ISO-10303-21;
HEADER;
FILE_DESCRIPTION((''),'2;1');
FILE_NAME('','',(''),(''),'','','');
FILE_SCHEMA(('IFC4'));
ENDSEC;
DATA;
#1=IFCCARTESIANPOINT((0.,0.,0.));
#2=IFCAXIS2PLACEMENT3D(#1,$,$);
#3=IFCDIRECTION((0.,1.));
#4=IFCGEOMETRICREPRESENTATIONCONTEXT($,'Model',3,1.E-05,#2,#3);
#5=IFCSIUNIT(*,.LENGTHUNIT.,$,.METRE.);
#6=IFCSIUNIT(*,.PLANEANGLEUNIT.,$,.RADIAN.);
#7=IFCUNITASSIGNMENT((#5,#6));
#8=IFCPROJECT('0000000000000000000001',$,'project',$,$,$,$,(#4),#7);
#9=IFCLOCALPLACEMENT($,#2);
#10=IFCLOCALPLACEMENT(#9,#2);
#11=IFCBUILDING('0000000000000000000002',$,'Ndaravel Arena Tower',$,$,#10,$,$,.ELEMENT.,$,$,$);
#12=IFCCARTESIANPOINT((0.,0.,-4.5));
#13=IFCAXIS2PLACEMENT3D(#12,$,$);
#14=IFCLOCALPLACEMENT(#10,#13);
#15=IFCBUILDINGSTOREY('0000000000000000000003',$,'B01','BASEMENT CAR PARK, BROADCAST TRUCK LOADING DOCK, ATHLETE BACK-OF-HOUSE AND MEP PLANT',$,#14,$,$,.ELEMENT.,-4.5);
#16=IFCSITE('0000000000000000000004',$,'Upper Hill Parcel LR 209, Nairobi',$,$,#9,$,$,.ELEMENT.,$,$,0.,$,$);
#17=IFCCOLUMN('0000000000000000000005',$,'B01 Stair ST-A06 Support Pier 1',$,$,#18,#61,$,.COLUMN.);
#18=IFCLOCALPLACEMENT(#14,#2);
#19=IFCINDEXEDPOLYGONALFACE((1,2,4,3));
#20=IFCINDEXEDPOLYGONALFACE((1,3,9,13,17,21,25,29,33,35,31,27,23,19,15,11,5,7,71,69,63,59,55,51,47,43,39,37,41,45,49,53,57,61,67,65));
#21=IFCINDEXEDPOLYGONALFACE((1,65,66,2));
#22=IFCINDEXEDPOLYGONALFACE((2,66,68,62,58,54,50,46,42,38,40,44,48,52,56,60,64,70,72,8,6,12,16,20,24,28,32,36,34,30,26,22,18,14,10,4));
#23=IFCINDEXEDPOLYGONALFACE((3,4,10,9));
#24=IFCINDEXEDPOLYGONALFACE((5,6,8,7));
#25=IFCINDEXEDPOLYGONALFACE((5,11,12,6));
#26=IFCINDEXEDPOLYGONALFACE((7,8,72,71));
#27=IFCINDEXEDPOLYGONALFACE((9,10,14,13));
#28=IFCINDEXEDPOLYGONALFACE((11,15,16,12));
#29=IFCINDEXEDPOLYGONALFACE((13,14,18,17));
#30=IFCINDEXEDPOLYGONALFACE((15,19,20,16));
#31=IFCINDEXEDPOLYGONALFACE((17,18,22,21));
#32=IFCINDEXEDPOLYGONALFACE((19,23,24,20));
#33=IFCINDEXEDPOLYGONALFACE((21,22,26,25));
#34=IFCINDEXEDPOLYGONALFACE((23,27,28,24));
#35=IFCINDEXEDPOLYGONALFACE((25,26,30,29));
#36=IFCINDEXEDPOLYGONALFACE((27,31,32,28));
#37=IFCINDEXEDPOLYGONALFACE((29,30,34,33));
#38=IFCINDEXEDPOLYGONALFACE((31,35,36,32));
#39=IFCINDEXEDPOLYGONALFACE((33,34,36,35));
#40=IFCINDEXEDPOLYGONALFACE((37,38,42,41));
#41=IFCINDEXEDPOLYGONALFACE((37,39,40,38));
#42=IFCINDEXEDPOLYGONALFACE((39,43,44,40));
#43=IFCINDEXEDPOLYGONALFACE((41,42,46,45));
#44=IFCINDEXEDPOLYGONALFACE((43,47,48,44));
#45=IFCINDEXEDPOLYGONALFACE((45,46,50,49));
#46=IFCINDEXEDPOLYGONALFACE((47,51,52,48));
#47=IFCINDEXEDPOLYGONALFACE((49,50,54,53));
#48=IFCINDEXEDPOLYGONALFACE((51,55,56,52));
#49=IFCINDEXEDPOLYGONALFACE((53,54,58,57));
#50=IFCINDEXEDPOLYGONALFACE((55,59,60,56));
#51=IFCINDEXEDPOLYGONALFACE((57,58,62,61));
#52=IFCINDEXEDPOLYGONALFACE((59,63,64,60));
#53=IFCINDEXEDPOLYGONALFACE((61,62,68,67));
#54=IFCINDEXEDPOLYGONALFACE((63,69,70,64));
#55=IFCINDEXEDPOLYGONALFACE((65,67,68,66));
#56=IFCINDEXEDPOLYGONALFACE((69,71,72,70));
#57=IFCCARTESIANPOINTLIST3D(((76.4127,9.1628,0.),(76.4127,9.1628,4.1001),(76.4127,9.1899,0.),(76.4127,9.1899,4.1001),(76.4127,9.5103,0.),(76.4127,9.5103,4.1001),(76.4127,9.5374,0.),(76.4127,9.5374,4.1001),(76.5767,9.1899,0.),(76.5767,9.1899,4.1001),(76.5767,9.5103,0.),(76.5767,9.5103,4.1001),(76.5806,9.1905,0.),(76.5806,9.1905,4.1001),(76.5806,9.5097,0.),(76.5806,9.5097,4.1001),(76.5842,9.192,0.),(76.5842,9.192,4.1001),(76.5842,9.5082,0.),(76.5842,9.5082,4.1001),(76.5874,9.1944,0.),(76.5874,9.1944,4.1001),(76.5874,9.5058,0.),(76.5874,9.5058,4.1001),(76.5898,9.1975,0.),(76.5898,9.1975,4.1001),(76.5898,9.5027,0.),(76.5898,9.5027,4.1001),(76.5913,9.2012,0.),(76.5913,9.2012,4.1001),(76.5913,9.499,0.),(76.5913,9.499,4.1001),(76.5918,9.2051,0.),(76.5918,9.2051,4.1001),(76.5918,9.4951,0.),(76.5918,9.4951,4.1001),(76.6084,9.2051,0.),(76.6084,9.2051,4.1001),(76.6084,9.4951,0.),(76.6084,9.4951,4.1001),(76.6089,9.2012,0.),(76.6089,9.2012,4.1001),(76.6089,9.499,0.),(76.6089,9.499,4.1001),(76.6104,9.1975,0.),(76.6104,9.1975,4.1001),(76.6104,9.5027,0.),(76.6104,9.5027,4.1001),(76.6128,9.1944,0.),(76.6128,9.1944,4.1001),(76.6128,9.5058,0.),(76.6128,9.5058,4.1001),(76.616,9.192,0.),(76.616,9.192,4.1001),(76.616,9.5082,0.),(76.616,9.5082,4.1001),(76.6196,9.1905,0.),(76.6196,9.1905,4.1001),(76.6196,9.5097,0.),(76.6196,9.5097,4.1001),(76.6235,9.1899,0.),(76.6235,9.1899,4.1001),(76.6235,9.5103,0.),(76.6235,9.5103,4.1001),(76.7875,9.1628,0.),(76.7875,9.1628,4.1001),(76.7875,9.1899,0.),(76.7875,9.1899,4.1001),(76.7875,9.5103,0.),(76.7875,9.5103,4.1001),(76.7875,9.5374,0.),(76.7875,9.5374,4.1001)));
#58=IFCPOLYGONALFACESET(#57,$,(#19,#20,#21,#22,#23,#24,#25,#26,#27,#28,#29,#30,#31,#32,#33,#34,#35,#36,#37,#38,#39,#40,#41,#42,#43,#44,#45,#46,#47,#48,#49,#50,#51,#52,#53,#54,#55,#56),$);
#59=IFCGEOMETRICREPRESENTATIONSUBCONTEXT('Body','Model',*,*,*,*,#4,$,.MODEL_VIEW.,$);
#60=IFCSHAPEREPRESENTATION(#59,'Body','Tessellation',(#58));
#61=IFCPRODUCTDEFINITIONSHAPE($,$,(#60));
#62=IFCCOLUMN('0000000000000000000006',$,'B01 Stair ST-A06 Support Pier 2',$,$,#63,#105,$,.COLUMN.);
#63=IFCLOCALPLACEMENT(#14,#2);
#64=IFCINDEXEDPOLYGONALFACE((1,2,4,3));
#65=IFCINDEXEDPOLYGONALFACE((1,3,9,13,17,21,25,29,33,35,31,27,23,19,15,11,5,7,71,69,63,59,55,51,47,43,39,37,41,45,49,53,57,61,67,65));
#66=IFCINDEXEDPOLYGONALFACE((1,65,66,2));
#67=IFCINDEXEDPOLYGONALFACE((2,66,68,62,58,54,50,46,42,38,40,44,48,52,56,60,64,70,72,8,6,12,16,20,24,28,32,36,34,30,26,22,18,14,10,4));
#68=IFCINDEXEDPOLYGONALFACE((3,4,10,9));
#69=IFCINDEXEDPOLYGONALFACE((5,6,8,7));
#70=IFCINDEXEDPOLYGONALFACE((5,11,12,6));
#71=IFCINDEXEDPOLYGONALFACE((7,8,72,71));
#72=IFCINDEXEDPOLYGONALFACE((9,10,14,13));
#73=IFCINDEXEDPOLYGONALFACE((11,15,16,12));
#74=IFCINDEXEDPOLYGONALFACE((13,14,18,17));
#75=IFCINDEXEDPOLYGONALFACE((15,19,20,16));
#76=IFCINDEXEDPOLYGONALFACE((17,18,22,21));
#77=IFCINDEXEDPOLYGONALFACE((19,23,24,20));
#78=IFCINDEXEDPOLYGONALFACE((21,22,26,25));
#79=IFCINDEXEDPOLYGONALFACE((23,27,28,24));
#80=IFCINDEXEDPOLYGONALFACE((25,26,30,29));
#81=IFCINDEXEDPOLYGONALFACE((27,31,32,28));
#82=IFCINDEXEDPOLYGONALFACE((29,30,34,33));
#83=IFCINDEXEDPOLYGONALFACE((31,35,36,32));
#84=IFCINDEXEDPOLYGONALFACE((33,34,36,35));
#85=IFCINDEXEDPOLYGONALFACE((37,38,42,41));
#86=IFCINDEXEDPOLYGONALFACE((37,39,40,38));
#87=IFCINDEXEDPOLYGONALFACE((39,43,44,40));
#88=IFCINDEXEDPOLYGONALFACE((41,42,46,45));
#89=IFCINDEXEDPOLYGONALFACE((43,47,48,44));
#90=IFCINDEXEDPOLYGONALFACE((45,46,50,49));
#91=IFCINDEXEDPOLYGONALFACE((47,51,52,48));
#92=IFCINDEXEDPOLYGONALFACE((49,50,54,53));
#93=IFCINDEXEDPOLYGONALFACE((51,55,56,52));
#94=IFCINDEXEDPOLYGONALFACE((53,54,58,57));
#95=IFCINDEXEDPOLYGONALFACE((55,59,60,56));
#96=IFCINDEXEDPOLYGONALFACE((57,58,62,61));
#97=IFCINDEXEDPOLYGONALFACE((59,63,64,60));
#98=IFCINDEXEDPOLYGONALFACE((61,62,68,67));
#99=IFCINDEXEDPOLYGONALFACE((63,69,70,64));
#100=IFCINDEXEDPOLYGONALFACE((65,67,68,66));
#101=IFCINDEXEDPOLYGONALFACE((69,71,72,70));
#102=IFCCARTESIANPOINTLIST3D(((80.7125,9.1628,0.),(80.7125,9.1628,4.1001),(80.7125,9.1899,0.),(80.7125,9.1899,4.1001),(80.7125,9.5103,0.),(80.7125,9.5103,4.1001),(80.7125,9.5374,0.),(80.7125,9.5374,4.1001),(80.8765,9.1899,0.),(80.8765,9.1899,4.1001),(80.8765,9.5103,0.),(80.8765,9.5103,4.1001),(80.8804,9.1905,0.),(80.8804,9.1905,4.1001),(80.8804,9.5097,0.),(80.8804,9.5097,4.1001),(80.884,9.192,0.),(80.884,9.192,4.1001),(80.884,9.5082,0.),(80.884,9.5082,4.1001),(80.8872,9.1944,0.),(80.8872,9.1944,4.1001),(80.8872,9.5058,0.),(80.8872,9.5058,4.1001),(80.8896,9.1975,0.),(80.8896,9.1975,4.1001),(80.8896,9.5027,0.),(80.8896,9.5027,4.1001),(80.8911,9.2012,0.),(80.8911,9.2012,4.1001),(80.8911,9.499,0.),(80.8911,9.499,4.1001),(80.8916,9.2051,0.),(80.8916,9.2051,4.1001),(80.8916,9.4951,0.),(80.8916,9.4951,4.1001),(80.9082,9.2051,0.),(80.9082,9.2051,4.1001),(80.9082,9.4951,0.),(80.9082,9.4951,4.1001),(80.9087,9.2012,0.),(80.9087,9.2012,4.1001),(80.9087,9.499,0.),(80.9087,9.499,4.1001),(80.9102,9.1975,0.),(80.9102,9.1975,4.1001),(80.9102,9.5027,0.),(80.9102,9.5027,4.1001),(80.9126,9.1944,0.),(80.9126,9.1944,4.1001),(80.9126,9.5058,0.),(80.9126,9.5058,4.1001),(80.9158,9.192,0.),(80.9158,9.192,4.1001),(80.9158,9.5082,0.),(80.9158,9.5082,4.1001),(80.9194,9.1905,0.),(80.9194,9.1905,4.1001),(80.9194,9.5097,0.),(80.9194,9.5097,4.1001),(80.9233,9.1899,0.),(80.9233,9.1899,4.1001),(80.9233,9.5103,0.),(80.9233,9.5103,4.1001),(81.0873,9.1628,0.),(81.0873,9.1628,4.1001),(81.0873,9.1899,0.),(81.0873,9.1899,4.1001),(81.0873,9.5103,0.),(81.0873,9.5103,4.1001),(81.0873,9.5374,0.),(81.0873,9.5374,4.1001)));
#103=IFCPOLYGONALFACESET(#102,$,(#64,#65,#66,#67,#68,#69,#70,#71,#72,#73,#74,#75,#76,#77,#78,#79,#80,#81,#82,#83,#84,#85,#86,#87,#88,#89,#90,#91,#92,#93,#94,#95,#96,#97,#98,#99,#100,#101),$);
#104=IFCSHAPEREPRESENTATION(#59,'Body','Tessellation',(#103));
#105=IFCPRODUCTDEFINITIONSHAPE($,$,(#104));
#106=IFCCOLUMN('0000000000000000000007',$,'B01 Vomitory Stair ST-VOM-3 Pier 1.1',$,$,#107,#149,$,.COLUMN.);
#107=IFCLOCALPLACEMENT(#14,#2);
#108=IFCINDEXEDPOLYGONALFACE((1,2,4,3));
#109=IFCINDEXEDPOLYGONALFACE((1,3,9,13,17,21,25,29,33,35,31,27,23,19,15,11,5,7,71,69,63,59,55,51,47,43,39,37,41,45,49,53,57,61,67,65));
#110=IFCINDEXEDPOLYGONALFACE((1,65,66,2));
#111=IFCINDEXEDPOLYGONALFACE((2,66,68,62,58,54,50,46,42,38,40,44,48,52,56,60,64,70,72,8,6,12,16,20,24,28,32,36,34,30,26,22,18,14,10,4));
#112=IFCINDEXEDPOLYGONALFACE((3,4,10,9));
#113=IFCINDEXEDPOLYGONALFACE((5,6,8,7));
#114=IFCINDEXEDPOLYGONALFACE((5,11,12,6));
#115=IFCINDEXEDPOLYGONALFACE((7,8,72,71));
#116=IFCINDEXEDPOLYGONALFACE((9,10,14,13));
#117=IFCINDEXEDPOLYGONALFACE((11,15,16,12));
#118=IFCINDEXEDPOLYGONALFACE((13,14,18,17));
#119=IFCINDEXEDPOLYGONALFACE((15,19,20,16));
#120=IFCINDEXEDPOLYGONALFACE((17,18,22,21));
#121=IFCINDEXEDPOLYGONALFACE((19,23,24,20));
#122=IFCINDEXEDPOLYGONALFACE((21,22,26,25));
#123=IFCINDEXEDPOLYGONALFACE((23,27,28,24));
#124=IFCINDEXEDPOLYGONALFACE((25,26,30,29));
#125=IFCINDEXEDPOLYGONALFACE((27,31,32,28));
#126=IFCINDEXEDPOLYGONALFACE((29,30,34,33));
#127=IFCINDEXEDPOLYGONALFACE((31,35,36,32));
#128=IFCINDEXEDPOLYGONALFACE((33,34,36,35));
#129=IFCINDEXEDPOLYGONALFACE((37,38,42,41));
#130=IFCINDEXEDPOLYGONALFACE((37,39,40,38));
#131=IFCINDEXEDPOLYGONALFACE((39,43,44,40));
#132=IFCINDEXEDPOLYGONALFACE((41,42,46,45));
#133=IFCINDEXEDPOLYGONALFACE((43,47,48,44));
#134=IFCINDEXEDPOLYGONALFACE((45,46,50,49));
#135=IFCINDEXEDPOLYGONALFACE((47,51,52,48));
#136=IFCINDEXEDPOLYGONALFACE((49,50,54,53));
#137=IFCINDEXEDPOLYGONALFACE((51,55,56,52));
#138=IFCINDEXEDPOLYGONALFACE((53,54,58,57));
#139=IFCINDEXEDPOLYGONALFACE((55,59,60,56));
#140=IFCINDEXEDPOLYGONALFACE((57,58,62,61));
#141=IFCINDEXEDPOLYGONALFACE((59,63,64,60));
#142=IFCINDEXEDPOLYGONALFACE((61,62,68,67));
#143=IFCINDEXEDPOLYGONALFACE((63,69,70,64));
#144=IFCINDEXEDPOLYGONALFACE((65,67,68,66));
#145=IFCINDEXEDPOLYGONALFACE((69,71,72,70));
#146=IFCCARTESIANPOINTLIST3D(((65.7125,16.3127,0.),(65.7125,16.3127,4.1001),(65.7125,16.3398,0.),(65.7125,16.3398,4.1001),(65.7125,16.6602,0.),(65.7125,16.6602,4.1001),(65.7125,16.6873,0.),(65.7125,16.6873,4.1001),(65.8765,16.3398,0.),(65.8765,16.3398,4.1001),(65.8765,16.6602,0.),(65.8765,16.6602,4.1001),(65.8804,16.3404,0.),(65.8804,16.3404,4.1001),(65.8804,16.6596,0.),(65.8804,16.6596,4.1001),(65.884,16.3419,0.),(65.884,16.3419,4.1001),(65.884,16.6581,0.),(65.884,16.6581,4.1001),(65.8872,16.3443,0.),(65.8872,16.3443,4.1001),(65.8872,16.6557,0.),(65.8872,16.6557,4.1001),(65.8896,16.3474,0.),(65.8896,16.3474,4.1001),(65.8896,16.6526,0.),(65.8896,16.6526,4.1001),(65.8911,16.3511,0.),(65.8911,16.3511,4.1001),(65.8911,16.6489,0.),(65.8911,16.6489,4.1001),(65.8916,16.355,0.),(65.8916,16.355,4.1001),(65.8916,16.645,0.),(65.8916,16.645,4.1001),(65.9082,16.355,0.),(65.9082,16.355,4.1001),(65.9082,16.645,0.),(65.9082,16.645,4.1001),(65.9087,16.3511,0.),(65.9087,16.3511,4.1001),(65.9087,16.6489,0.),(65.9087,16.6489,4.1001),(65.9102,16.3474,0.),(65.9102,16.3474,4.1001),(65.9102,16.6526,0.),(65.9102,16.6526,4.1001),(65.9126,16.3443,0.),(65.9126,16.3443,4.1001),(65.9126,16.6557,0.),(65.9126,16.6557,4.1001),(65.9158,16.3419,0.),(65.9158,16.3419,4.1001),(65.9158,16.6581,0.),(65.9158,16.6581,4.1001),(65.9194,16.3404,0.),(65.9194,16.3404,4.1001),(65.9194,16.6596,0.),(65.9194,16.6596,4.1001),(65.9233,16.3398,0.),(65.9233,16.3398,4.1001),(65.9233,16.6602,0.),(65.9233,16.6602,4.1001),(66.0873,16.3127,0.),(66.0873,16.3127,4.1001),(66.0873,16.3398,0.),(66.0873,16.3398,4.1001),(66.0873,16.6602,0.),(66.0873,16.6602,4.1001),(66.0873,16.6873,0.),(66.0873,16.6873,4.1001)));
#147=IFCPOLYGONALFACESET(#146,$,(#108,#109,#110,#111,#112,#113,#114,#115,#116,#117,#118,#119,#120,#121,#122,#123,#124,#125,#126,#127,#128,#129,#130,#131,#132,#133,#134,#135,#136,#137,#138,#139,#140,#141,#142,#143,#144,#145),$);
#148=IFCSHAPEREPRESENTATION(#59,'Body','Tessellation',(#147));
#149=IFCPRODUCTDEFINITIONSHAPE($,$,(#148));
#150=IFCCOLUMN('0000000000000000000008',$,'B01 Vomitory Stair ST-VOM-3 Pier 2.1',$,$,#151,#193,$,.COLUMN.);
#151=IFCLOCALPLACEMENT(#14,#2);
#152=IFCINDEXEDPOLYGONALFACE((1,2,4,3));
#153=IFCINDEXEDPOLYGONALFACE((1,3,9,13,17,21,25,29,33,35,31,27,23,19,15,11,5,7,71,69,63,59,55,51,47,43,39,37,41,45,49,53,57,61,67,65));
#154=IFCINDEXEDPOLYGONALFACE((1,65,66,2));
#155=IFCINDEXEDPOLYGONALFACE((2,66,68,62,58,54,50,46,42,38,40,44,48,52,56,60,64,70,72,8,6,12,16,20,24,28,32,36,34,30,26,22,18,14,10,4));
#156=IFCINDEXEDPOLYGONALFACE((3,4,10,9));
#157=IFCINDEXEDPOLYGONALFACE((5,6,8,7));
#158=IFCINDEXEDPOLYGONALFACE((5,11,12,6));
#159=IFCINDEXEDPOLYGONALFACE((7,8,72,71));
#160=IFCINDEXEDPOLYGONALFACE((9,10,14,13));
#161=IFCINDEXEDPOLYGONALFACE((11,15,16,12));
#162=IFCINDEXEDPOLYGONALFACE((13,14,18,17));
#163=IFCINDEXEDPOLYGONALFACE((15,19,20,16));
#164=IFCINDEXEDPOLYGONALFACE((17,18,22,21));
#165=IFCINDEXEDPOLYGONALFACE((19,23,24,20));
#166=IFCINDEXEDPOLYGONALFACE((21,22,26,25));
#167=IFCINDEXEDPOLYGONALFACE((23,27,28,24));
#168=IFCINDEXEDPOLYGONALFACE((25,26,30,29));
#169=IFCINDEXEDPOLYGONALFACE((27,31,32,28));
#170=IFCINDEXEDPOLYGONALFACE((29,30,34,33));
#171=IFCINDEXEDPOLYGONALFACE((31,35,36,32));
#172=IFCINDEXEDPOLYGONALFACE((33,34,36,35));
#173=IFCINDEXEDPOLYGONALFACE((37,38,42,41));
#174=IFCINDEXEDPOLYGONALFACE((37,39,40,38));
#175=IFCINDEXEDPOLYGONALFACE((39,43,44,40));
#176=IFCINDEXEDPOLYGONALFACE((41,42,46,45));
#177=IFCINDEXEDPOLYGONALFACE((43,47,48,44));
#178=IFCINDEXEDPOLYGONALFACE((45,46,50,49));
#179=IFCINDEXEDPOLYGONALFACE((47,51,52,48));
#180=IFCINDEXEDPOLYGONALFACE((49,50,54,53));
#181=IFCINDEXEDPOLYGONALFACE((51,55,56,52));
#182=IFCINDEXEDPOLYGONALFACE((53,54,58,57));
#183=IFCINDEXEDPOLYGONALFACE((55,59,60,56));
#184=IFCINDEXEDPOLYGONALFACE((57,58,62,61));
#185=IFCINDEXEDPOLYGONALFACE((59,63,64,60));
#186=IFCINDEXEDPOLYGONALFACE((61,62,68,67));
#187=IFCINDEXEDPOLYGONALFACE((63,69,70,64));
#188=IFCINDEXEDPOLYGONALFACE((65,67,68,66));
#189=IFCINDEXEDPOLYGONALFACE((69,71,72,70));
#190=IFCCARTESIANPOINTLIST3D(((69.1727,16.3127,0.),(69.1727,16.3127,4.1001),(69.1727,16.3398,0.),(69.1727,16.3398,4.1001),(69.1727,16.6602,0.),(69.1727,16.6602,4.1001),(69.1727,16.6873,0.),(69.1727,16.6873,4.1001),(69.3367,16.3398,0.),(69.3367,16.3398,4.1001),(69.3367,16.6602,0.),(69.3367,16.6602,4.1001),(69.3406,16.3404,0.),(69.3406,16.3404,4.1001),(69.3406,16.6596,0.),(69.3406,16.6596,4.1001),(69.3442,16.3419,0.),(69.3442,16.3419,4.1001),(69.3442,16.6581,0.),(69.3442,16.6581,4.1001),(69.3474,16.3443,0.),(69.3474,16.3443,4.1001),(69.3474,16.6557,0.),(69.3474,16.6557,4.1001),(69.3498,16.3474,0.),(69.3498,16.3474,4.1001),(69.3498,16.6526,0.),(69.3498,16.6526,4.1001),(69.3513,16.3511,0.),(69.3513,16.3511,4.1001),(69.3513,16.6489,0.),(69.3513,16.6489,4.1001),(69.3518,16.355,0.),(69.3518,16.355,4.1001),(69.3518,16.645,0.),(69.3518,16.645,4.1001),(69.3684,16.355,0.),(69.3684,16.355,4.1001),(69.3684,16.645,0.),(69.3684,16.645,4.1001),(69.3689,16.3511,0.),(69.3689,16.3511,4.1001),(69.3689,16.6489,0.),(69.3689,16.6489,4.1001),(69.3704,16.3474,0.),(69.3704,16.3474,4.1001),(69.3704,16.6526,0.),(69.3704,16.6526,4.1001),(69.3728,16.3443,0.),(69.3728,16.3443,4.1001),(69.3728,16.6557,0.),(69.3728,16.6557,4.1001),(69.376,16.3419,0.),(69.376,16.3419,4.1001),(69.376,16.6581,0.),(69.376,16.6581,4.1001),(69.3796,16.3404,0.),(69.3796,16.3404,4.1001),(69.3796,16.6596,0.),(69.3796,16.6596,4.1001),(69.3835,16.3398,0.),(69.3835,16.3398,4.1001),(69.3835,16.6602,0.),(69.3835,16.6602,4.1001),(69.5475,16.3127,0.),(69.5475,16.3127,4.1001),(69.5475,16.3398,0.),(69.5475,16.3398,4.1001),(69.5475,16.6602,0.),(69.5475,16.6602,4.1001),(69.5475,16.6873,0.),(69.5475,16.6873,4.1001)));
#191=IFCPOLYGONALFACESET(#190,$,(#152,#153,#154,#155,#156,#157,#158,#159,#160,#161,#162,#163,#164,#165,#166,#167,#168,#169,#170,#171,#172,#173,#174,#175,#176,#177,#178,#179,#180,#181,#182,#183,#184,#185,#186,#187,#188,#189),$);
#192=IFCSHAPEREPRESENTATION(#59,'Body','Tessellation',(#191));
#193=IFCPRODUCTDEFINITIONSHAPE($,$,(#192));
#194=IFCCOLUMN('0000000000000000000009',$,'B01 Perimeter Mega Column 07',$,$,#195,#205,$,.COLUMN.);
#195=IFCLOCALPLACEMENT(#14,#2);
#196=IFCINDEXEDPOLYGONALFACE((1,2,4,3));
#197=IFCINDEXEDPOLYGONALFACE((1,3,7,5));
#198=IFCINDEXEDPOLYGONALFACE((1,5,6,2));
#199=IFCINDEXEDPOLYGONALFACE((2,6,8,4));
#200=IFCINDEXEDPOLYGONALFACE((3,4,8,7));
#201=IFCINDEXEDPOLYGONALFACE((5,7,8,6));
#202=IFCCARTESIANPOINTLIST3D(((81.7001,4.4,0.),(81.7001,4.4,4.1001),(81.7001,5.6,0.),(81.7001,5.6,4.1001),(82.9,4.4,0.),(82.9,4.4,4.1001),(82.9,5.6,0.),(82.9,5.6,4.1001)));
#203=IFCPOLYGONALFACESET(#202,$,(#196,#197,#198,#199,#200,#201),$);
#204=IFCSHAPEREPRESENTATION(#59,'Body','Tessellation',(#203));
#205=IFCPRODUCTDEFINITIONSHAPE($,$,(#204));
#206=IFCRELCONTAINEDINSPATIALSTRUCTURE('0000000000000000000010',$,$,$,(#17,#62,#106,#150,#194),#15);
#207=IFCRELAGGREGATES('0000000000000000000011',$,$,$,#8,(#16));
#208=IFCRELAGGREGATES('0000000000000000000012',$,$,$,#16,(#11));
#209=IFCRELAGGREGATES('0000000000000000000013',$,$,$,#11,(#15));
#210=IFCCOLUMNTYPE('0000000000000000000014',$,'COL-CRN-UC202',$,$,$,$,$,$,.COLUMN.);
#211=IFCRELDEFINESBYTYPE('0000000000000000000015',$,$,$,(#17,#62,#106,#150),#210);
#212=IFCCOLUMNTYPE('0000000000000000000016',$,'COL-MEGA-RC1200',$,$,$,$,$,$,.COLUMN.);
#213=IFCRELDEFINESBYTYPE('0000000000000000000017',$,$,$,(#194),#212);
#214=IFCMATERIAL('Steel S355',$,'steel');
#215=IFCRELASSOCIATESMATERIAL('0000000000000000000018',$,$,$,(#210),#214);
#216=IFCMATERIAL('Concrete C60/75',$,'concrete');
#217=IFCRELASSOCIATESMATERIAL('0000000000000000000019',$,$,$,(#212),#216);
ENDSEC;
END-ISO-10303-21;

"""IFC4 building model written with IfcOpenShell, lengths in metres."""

from ifc_helpers import new_model, si_unit, direction, frame, origin, origin_2d, place, context, subcontext, project, spatial, rectangle, i_section, extrude, material, material_profile, profile_set, type_object, element, save


model = new_model("IFC4")

# Units and contexts
model_context = context("Model", 3, precision=1e-05, world=origin(), true_north=direction((0.0, 1.0)))
body_context = subcontext(model_context, "Body", "Model", "MODEL_VIEW")
ifc_project = project(units=[si_unit("LENGTHUNIT", "METRE"), si_unit("PLANEANGLEUNIT", "RADIAN")], contexts=[model_context])

# Site, building, storey
site_placement = place(None, origin())
site = spatial("IfcSite", under=ifc_project, at=site_placement, Name="Upper Hill Parcel LR 209, Nairobi", CompositionType="ELEMENT", RefElevation=0.0)
building_placement = place(site_placement, origin())
building = spatial("IfcBuilding", under=site, at=building_placement, Name="Ndaravel Arena Tower", CompositionType="ELEMENT")
storey_placement = place(building_placement, frame((0.0, 0.0, -4.5)))
storey = spatial("IfcBuildingStorey", under=building, at=storey_placement, Name="B01", Description="BASEMENT CAR PARK, BROADCAST TRUCK LOADING DOCK, ATHLETE BACK-OF-HOUSE AND MEP PLANT", CompositionType="ELEMENT", Elevation=-4.5)

# Columns
ifc_material_1 = material(Name="Steel S355", Category="steel")
ifc_material_profile_1 = material_profile(ifc_material_1, i_section(OverallWidth=0.3748, OverallDepth=0.3745, WebThickness=0.0166, FlangeThickness=0.0271, FilletRadius=0.0151, at=origin_2d()), Name="UC 356x368x202")
ifc_profile_set_1 = profile_set([ifc_material_profile_1], Name="Steel S355")
column_type_1 = type_object("IfcColumnType", Name="COL-CRN-UC202", PredefinedType="COLUMN", material=ifc_profile_set_1)
for number, where, z_axis, x_axis, name in (
    (1, (76.6001, 9.3501, 0.0), (0.0, 0.0, 1.0), (1.0, 0.0, 0.0), "B01 Stair ST-A06 Support Pier 1"),
    (2, (80.8999, 9.3501, 0.0), (0.0, 0.0, 1.0), (1.0, 0.0, 0.0), "B01 Stair ST-A06 Support Pier 2"),
    (3, (65.8999, 16.5, 0.0), (0.0, 0.0, 1.0), (1.0, 0.0, 0.0), "B01 Vomitory Stair ST-VOM-3 Pier 1.1"),
    (4, (69.3601, 16.5, 0.0), (0.0, 0.0, 1.0), (1.0, 0.0, 0.0), "B01 Vomitory Stair ST-VOM-3 Pier 2.1"),
):
    element("IfcColumn", number, at=place(storey_placement, frame(where, z_axis=z_axis, x_axis=x_axis)), inside=storey, type_object=column_type_1, Name=name, PredefinedType="COLUMN", context=body_context, shape_type="SweptSolid", body=[
        extrude(i_section(OverallWidth=0.3748, OverallDepth=0.3745, WebThickness=0.0166, FlangeThickness=0.0271, FilletRadius=0.0151, at=origin_2d()), origin(), (0.0, 0.0, 1.0), 4.1001),
    ])
ifc_material_2 = material(Name="Concrete C60/75", Category="concrete")
ifc_material_profile_2 = material_profile(ifc_material_2, rectangle(XDim=1.2, YDim=1.2, at=origin_2d()), Name="RC 1200x1200")
ifc_profile_set_2 = profile_set([ifc_material_profile_2], Name="Concrete C60/75")
column_type_2 = type_object("IfcColumnType", Name="COL-MEGA-RC1200", PredefinedType="COLUMN", material=ifc_profile_set_2)
for number, where, z_axis, x_axis, name in (
    (5, (82.3, 5.0, 0.0), (0.0, 0.0, 1.0), (1.0, 0.0, 0.0), "B01 Perimeter Mega Column 07"),
):
    element("IfcColumn", number, at=place(storey_placement, frame(where, z_axis=z_axis, x_axis=x_axis)), inside=storey, type_object=column_type_2, Name=name, PredefinedType="COLUMN", context=body_context, shape_type="SweptSolid", body=[
        extrude(rectangle(XDim=1.2, YDim=1.2, at=origin_2d()), origin(), (0.0, 0.0, 1.0), 4.1001),
    ])

save(model, "model.ifc")
